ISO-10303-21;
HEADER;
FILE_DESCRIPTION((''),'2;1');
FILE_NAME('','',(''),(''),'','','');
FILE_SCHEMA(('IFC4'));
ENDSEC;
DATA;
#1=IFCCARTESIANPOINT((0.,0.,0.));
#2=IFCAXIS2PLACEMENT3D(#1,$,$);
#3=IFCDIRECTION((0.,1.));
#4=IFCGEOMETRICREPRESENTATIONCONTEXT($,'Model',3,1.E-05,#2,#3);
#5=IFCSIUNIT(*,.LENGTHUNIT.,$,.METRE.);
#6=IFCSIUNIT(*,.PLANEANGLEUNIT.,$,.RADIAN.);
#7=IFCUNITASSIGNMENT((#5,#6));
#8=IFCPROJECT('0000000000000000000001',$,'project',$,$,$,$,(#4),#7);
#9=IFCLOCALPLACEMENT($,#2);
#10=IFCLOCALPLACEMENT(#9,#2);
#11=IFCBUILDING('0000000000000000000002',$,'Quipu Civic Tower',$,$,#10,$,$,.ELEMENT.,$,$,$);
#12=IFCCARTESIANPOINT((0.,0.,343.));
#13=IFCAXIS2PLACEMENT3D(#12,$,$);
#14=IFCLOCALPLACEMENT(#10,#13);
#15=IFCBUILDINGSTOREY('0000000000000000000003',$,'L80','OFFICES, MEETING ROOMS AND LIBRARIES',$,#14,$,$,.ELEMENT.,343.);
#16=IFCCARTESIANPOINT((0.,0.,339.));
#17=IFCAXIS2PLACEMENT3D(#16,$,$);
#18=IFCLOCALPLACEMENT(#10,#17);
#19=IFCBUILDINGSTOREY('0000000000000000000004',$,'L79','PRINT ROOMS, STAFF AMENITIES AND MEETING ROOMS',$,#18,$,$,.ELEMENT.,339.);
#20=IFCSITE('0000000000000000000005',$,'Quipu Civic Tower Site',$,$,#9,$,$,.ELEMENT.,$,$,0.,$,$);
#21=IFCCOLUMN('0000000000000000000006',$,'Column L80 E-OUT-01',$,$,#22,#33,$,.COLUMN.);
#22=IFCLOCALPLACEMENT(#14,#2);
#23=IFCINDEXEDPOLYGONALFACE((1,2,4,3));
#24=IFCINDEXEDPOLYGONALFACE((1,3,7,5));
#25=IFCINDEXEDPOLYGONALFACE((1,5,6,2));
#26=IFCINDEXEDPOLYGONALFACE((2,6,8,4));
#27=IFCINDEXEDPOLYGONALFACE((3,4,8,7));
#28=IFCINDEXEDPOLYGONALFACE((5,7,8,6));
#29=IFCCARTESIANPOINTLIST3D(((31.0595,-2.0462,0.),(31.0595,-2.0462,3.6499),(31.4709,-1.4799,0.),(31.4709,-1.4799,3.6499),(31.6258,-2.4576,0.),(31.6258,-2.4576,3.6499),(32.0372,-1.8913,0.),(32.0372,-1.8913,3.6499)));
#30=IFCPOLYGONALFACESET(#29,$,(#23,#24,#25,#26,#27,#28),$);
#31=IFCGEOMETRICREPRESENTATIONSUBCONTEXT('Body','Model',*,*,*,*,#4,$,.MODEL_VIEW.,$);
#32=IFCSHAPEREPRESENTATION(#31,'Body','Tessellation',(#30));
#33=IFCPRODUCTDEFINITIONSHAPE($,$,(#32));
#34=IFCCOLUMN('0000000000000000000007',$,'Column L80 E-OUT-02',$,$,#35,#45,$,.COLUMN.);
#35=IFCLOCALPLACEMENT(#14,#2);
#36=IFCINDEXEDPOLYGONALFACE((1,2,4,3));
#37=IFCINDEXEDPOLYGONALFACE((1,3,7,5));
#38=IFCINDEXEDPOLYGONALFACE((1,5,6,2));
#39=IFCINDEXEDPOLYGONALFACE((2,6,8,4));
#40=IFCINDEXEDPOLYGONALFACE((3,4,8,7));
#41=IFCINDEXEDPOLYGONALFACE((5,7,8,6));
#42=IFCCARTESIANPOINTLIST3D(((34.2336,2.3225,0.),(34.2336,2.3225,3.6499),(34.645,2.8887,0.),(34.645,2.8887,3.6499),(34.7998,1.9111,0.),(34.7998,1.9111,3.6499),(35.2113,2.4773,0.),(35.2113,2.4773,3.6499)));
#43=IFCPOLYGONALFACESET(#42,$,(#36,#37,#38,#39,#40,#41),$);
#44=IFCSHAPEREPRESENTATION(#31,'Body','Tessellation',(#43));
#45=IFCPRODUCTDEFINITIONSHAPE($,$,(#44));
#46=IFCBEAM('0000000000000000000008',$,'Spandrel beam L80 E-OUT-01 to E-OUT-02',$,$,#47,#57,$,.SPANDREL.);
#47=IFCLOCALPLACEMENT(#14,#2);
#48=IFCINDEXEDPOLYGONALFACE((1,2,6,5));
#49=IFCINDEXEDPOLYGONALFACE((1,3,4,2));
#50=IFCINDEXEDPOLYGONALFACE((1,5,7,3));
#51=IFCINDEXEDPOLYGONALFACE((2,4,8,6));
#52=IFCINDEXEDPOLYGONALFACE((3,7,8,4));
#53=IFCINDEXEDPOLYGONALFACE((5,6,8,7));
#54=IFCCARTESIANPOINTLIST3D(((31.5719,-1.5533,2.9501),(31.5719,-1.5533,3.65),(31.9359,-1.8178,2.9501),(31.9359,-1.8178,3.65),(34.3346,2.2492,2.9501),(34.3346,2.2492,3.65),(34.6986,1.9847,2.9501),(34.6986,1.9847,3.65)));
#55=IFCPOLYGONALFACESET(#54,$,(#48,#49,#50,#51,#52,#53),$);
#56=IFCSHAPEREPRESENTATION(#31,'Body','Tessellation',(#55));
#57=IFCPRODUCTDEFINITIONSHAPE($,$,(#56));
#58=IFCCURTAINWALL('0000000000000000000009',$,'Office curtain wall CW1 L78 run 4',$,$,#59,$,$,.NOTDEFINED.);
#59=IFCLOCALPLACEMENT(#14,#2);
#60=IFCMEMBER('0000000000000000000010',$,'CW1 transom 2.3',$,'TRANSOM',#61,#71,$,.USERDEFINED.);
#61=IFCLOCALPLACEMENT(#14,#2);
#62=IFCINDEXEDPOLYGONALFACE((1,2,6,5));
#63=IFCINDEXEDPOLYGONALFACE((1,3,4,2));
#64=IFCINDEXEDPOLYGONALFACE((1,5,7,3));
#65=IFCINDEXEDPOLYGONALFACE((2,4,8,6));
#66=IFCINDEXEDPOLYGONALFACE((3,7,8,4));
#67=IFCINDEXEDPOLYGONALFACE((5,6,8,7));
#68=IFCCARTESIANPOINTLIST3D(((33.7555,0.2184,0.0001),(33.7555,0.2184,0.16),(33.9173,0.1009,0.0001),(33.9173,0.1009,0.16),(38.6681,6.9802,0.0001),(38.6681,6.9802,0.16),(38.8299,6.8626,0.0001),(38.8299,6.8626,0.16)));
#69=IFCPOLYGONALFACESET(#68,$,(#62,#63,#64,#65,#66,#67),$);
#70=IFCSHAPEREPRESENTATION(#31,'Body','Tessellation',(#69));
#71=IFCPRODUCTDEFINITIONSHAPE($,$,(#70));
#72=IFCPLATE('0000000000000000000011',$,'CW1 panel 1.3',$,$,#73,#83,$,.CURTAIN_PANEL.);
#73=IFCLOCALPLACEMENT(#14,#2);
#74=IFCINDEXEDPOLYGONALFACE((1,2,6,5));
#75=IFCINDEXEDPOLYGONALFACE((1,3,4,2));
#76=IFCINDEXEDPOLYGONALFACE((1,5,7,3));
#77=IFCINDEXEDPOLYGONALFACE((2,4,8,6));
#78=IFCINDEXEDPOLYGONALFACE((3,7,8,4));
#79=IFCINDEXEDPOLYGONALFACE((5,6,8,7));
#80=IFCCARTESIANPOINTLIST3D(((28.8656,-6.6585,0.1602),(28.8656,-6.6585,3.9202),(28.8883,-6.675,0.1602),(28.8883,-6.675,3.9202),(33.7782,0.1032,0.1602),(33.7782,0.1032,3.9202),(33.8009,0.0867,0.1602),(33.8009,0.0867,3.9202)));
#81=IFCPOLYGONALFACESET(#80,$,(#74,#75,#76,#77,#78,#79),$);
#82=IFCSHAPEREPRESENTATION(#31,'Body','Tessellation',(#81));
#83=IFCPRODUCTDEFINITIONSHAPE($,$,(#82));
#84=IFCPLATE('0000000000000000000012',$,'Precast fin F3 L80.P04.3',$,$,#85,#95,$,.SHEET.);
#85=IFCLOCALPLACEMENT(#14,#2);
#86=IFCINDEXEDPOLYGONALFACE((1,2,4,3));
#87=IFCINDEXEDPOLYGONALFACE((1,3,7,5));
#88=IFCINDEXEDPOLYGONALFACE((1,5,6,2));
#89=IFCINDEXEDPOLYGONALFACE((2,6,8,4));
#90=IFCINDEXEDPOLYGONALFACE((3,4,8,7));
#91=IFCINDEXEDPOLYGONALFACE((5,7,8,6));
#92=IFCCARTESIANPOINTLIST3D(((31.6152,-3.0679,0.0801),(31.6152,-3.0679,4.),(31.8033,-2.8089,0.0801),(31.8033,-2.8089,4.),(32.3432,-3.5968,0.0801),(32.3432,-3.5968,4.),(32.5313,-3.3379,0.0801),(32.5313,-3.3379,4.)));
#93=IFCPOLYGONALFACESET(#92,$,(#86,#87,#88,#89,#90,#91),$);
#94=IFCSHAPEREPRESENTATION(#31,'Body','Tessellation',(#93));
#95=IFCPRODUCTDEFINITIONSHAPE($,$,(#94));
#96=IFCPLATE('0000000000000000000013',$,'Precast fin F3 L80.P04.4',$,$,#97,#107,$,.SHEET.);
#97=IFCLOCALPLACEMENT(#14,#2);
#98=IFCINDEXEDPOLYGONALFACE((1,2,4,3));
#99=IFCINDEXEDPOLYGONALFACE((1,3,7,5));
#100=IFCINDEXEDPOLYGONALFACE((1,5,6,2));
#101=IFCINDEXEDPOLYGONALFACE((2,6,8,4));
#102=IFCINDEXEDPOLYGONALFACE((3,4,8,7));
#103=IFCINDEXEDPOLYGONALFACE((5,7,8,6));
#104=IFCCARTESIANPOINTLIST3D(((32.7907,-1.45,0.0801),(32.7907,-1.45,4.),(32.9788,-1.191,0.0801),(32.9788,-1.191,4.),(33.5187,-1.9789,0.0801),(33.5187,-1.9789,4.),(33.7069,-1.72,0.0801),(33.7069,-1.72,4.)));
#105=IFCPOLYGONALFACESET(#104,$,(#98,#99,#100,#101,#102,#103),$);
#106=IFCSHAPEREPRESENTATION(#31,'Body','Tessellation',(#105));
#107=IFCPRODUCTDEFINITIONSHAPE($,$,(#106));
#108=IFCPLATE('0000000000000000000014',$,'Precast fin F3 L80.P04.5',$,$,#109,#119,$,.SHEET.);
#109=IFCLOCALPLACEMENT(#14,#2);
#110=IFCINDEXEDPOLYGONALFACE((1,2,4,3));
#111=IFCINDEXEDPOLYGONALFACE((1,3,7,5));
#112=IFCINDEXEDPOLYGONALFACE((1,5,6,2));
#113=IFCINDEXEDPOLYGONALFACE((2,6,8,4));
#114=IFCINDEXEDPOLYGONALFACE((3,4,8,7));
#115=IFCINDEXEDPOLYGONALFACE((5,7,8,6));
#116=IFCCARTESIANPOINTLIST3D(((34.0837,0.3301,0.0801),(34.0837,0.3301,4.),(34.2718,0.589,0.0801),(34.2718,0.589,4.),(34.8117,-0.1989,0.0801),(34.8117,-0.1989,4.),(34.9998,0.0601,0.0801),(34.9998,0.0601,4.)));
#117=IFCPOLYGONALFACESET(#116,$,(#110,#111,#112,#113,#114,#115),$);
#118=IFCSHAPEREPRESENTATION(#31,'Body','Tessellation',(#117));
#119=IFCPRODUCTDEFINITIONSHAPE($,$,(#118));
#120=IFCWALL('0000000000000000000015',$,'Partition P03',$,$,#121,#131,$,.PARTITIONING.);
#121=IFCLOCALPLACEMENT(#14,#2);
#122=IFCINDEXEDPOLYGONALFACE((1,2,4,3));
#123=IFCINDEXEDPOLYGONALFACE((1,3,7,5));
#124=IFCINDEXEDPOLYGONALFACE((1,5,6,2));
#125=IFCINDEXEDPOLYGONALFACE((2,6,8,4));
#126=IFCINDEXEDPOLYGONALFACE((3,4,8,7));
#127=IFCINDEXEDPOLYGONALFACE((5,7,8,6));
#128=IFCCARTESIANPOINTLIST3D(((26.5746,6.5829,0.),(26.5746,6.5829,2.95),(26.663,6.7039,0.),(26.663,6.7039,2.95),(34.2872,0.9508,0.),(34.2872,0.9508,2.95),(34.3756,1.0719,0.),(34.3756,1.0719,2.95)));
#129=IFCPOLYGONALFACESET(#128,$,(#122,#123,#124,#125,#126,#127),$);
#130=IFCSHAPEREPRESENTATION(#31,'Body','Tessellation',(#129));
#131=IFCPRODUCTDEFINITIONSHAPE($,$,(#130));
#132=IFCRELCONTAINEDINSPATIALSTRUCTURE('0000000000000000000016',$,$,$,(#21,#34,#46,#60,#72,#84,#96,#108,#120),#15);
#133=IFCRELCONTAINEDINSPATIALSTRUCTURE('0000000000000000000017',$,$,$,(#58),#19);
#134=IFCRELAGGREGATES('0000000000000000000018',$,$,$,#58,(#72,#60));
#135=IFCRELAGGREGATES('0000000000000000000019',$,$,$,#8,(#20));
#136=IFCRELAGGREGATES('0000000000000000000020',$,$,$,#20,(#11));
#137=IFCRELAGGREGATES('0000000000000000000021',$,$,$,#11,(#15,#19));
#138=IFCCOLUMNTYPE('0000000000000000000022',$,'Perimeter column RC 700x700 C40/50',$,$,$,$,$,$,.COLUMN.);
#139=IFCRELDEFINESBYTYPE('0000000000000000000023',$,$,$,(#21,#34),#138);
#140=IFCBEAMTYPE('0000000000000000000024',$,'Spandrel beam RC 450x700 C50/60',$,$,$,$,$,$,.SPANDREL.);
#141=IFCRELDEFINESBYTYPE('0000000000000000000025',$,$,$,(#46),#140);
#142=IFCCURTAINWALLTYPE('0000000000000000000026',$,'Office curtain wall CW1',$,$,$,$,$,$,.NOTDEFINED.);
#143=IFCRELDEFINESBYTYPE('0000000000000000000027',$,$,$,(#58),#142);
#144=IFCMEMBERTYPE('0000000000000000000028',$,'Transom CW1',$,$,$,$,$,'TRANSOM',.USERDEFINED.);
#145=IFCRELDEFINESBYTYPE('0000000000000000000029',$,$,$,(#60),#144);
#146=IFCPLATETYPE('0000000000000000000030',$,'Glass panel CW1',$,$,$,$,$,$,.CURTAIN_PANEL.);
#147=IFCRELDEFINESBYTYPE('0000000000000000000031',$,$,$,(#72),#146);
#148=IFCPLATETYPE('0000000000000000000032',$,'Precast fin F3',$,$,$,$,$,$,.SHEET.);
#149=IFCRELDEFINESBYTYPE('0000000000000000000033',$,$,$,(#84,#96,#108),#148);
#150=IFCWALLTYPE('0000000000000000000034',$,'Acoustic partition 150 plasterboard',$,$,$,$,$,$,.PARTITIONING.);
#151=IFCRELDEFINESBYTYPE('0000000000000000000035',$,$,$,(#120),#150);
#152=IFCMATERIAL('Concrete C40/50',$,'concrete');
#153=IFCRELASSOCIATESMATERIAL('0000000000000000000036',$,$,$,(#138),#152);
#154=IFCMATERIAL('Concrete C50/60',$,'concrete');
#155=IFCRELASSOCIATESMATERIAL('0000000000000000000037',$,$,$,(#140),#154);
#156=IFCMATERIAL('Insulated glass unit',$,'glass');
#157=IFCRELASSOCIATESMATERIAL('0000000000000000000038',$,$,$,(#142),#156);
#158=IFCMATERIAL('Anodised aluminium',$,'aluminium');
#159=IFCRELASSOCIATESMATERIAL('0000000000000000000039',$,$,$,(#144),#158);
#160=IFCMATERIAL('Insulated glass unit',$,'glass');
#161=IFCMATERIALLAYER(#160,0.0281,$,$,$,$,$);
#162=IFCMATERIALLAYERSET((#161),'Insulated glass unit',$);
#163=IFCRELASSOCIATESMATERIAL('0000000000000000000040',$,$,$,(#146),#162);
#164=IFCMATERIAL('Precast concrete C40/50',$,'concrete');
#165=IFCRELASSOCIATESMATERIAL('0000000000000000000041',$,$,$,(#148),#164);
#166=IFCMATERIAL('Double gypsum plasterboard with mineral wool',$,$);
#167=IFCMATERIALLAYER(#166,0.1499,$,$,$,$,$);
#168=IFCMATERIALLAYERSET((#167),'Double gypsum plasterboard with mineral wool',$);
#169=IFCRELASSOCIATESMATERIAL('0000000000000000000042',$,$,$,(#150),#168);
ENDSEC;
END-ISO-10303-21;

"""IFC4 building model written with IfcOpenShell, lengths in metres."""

from ifc_helpers import new_model, si_unit, direction, frame, frame_2d, origin, origin_2d, place, context, subcontext, project, spatial, rectangle, extrude, material, layer, layer_set, material_profile, profile_set, type_object, element, aggregate, save


model = new_model("IFC4")

# Units and contexts
model_context = context("Model", 3, precision=1e-05, world=origin(), true_north=direction((0.0, 1.0)))
body_context = subcontext(model_context, "Body", "Model", "MODEL_VIEW")
ifc_project = project(units=[si_unit("LENGTHUNIT", "METRE"), si_unit("PLANEANGLEUNIT", "RADIAN")], contexts=[model_context])

# Site, building, storey
site_placement = place(None, origin())
site = spatial("IfcSite", under=ifc_project, at=site_placement, Name="Quipu Civic Tower Site", CompositionType="ELEMENT", RefElevation=0.0)
building_placement = place(site_placement, origin())
building = spatial("IfcBuilding", under=site, at=building_placement, Name="Quipu Civic Tower", CompositionType="ELEMENT")
storey_1_placement = place(building_placement, frame((0.0, 0.0, 343.0)))
storey_1 = spatial("IfcBuildingStorey", under=building, at=storey_1_placement, Name="L80", Description="OFFICES, MEETING ROOMS AND LIBRARIES", CompositionType="ELEMENT", Elevation=343.0)

# Columns
ifc_material_1 = material(Name="Concrete C40/50", Category="concrete")
ifc_material_profile_1 = material_profile(ifc_material_1, rectangle(XDim=0.7, YDim=0.7, at=origin_2d()), Name="RC700x700")
ifc_profile_set_1 = profile_set([ifc_material_profile_1], Name="Concrete C40/50")
column_type = type_object("IfcColumnType", Name="Perimeter column RC 700x700 C40/50", PredefinedType="COLUMN", material=ifc_profile_set_1)
for number, where, z_axis, x_axis, name in (
    (1, (31.5483, -1.9688, 0.0), (0.0, 0.0, 1.0), (0.587785, 0.809017, 0.0), "Column L80 E-OUT-01"),
    (2, (34.7224, 2.3999, 0.0), (0.0, 0.0, 1.0), (0.587785, 0.809017, 0.0), "Column L80 E-OUT-02"),
):
    element("IfcColumn", number, at=place(storey_1_placement, frame(where, z_axis=z_axis, x_axis=x_axis)), inside=storey_1, type_object=column_type, Name=name, PredefinedType="COLUMN", context=body_context, shape_type="SweptSolid", body=[
        extrude(rectangle(XDim=0.7, YDim=0.7, at=origin_2d()), origin(), (0.0, 0.0, 1.0), 3.6499),
    ])

# Beam
ifc_material_2 = material(Name="Concrete C50/60", Category="concrete")
ifc_material_profile_2 = material_profile(ifc_material_2, rectangle(XDim=0.45, YDim=0.7, at=origin_2d()), Name="RC450x700")
ifc_profile_set_2 = profile_set([ifc_material_profile_2], Name="Concrete C50/60")
beam_type = type_object("IfcBeamType", Name="Spandrel beam RC 450x700 C50/60", PredefinedType="SPANDREL", material=ifc_profile_set_2)
beam_placement = place(storey_1_placement, frame((31.7539, -1.6855, 3.3), z_axis=(0.587789, 0.809015, 0.0), x_axis=(-0.809015, 0.587789, 0.0)))
element("IfcBeam", 3, at=beam_placement, inside=storey_1, type_object=beam_type, Name="Spandrel beam L80 E-OUT-01 to E-OUT-02", PredefinedType="SPANDREL", context=body_context, shape_type="SweptSolid", body=[
    extrude(rectangle(XDim=0.45, YDim=0.7, at=origin_2d()), origin(), (0.0, 0.0, 1.0), 4.7002),
])

# Shared definitions
storey_2_placement = place(building_placement, frame((0.0, 0.0, 339.0)))
storey_2 = spatial("IfcBuildingStorey", under=building, at=storey_2_placement, Name="L79", Description="PRINT ROOMS, STAFF AMENITIES AND MEETING ROOMS", CompositionType="ELEMENT", Elevation=339.0)

# Curtain wall, member, plate
ifc_material_3 = material(Name="Insulated glass unit", Category="glass")
curtain_wall_type = type_object("IfcCurtainWallType", Name="Office curtain wall CW1", PredefinedType="NOTDEFINED", material=ifc_material_3)
curtain_wall_placement = place(storey_2_placement, origin())
curtain_wall = element("IfcCurtainWall", 4, at=curtain_wall_placement, inside=storey_2, type_object=curtain_wall_type, Name="Office curtain wall CW1 L78 run 4", PredefinedType="NOTDEFINED")
ifc_material_4 = material(Name="Anodised aluminium", Category="aluminium")
ifc_material_profile_3 = material_profile(ifc_material_4, rectangle(XDim=0.2, YDim=0.1599, at=origin_2d()), Name="RECT 200x160")
ifc_profile_set_3 = profile_set([ifc_material_profile_3], Name="Anodised aluminium")
member_type = type_object("IfcMemberType", Name="Transom CW1", ElementType="TRANSOM", PredefinedType="USERDEFINED", material=ifc_profile_set_3)
member_placement = place(storey_1_placement, frame((33.8364, 0.1597, 0.0801), z_axis=(0.587779, 0.809021, 0.0), x_axis=(-0.809021, 0.587779, 0.0)))
member = element("IfcMember", 5, at=member_placement, inside=storey_1, type_object=member_type, Name="CW1 transom 2.3", ObjectType="TRANSOM", PredefinedType="USERDEFINED", context=body_context, shape_type="SweptSolid", body=[
    extrude(rectangle(XDim=0.2, YDim=0.1599, at=origin_2d()), origin(), (0.0, 0.0, 1.0), 8.3579),
])
ifc_material_5 = material(Name="Insulated glass unit", Category="glass")
ifc_layer_1 = layer(ifc_material_5, 0.0281)
ifc_layer_set_1 = layer_set([ifc_layer_1], Name="Insulated glass unit")
plate_type_1 = type_object("IfcPlateType", Name="Glass panel CW1", PredefinedType="CURTAIN_PANEL", material=ifc_layer_set_1)
plate_placement = place(storey_1_placement, frame((31.3333, -3.2859, 0.1602), z_axis=(0.0, 0.0, 1.0), x_axis=(0.587786, 0.809016, 0.0)))
plate = element("IfcPlate", 6, at=plate_placement, inside=storey_1, type_object=plate_type_1, Name="CW1 panel 1.3", PredefinedType="CURTAIN_PANEL", context=body_context, shape_type="SweptSolid", body=[
    extrude(rectangle(XDim=8.3579, YDim=0.0281, at=origin_2d()), origin(), (0.0, 0.0, 1.0), 3.76),
])
aggregate(curtain_wall, [plate, member])

# Plates
ifc_material_6 = material(Name="Precast concrete C40/50", Category="concrete")
plate_type_2 = type_object("IfcPlateType", Name="Precast fin F3", PredefinedType="SHEET", material=ifc_material_6)
for number, where, z_axis, x_axis, name in (
    (7, (32.0732, -3.2029, 0.0801), (0.0, 0.0, 1.0), (0.587787, 0.809016, 0.0), "Precast fin F3 L80.P04.3"),
    (8, (33.2488, -1.585, 0.0801), (0.0, 0.0, 1.0), (0.587787, 0.809016, 0.0), "Precast fin F3 L80.P04.4"),
    (9, (34.5417, 0.1951, 0.0801), (0.0, 0.0, 1.0), (0.587787, 0.809016, 0.0), "Precast fin F3 L80.P04.5"),
):
    element("IfcPlate", number, at=place(storey_1_placement, frame(where, z_axis=z_axis, x_axis=x_axis)), inside=storey_1, type_object=plate_type_2, Name=name, PredefinedType="SHEET", context=body_context, shape_type="SweptSolid", body=[
        extrude(rectangle(XDim=0.3201, YDim=0.8999, at=origin_2d()), origin(), (0.0, 0.0, 1.0), 3.9199),
    ])

# Wall
ifc_material_7 = material(Name="Double gypsum plasterboard with mineral wool")
ifc_layer_2 = layer(ifc_material_7, 0.1499)
ifc_layer_set_2 = layer_set([ifc_layer_2], Name="Double gypsum plasterboard with mineral wool")
wall_type_1 = type_object("IfcWallType", Name="Acoustic partition 150 plasterboard", PredefinedType="PARTITIONING", material=ifc_layer_set_2)
wall_1_placement = place(storey_1_placement, frame((26.6189, 6.6433, 0.0), z_axis=(0.0, 0.0, 1.0), x_axis=(0.807595, -0.589738, 0.0)))
element("IfcWall", 10, at=wall_1_placement, inside=storey_1, type_object=wall_type_1, Name="Partition P03", PredefinedType="PARTITIONING", context=body_context, shape_type="SweptSolid", body=[
    extrude(rectangle(XDim=9.55, YDim=0.1499, at=frame_2d((4.7749, 0.0))), origin(), (0.0, 0.0, 1.0), 2.95),
])

save(model, "model.ifc")
